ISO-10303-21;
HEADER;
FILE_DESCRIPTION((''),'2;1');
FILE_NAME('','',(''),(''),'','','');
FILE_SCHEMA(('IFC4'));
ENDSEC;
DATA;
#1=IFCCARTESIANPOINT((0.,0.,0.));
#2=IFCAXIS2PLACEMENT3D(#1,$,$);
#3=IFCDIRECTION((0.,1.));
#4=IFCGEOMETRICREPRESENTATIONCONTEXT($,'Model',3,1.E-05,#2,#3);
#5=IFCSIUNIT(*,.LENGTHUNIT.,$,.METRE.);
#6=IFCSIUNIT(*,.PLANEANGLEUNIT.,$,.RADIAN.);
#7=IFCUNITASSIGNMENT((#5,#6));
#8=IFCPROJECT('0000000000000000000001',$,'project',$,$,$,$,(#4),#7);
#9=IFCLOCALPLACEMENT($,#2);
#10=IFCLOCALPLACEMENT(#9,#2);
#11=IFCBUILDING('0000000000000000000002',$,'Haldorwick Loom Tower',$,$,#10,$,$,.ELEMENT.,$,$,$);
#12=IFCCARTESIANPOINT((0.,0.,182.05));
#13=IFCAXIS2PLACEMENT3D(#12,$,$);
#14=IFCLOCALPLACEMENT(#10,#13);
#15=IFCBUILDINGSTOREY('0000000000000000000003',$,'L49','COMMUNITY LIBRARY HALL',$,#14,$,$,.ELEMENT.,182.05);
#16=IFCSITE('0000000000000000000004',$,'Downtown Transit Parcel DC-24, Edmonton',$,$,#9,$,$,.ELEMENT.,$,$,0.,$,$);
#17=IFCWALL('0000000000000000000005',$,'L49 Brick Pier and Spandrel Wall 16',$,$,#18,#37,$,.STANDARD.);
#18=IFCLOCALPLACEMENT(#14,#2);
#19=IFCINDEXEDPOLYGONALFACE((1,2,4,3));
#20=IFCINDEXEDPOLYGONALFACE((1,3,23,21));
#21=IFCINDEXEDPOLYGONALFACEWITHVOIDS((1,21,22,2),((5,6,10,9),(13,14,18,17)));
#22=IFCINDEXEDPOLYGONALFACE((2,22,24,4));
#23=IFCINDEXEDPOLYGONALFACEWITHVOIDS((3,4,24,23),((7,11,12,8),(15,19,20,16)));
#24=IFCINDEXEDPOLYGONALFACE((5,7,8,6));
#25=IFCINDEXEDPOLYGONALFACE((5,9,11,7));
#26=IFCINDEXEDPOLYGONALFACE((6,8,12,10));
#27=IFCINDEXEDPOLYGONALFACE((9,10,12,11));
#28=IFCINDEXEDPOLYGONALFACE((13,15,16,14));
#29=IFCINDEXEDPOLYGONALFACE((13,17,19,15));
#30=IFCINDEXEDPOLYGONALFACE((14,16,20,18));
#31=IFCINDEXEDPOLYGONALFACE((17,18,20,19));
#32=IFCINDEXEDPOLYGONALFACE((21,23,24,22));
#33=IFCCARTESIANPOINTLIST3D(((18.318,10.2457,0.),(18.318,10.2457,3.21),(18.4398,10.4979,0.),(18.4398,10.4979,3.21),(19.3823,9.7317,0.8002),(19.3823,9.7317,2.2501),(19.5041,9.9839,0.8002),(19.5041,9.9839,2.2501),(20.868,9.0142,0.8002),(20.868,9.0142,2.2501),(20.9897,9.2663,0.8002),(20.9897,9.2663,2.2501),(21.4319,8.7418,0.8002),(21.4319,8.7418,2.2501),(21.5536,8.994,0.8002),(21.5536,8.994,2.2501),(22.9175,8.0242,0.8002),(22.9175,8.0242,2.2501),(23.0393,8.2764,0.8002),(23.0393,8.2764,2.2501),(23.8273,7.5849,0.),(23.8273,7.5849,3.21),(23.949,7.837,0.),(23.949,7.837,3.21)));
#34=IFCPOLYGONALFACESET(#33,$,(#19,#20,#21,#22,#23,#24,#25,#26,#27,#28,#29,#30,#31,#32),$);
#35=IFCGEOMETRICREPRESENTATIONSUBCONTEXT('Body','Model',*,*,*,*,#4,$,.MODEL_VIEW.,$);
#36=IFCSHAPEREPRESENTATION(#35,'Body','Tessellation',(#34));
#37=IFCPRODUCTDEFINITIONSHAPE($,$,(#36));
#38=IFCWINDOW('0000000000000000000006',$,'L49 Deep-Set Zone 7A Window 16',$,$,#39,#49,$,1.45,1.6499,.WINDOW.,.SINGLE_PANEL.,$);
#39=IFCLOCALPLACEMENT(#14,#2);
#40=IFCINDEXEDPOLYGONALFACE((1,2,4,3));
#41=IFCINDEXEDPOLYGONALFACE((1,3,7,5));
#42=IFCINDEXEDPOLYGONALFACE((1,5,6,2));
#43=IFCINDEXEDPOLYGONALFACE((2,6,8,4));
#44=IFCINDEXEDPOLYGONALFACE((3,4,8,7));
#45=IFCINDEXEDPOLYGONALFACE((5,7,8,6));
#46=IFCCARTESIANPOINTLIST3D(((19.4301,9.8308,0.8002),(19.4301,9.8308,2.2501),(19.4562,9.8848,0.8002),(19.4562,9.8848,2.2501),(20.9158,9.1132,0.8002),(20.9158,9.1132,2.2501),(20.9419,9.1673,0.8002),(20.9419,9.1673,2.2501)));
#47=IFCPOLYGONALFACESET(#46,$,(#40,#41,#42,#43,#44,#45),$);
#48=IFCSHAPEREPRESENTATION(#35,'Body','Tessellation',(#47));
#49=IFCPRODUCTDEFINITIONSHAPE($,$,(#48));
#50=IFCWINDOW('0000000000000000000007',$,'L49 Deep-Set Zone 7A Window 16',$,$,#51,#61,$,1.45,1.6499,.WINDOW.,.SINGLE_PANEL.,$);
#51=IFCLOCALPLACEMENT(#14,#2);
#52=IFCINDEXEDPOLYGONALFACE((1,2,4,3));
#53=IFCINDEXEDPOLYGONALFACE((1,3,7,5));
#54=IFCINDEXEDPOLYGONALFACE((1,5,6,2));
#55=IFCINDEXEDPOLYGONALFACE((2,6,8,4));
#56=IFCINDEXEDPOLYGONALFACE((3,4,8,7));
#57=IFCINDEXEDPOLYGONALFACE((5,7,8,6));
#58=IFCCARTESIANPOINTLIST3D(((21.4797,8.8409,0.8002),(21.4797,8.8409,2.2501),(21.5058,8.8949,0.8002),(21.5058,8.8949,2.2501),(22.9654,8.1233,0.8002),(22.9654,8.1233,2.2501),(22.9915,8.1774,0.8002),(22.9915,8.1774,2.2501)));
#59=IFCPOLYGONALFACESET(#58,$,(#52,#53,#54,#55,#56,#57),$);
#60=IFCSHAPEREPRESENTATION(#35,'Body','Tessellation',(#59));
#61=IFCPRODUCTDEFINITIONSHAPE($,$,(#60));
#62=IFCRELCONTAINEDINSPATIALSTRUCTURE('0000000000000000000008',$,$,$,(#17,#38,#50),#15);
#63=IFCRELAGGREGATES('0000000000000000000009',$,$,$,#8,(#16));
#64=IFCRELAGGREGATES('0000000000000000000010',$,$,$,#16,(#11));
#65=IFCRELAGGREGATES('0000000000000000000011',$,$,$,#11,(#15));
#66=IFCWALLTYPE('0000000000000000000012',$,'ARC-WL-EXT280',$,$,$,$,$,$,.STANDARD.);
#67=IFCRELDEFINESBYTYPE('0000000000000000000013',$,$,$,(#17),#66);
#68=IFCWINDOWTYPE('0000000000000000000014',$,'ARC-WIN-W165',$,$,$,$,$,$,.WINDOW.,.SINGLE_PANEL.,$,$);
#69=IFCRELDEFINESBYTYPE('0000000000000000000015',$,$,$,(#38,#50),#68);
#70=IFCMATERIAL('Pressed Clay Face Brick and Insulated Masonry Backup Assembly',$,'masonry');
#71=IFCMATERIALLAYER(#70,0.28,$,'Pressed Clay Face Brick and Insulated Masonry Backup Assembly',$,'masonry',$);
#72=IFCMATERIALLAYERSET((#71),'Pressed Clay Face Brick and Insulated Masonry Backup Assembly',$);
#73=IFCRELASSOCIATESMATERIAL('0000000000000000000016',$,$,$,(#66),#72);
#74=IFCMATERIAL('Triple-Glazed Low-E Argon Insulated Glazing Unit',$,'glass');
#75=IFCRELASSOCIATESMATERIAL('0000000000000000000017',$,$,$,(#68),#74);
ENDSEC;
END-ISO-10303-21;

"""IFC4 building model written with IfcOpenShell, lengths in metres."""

from ifc_helpers import new_model, si_unit, direction, frame, frame_2d, origin, place, context, subcontext, project, spatial, rectangle, extrude, material, layer, layer_set, type_object, element, fill, save


model = new_model("IFC4")

# Units and contexts
model_context = context("Model", 3, precision=1e-05, world=origin(), true_north=direction((0.0, 1.0)))
body_context = subcontext(model_context, "Body", "Model", "MODEL_VIEW")
ifc_project = project(units=[si_unit("LENGTHUNIT", "METRE"), si_unit("PLANEANGLEUNIT", "RADIAN")], contexts=[model_context])

# Site, building, storey
site_placement = place(None, origin())
site = spatial("IfcSite", under=ifc_project, at=site_placement, Name="Downtown Transit Parcel DC-24, Edmonton", CompositionType="ELEMENT", RefElevation=0.0)
building_placement = place(site_placement, origin())
building = spatial("IfcBuilding", under=site, at=building_placement, Name="Haldorwick Loom Tower", CompositionType="ELEMENT")
storey_placement = place(building_placement, frame((0.0, 0.0, 182.05)))
storey = spatial("IfcBuildingStorey", under=building, at=storey_placement, Name="L49", Description="COMMUNITY LIBRARY HALL", CompositionType="ELEMENT", Elevation=182.05)

# Shared definitions
ifc_material_1 = material(Name="Pressed Clay Face Brick and Insulated Masonry Backup Assembly", Category="masonry")
ifc_layer_1 = layer(ifc_material_1, 0.28, Name="Pressed Clay Face Brick and Insulated Masonry Backup Assembly", Category="masonry")
ifc_layer_set_1 = layer_set([ifc_layer_1], Name="Pressed Clay Face Brick and Insulated Masonry Backup Assembly")
wall_type = type_object("IfcWallType", Name="ARC-WL-EXT280", PredefinedType="STANDARD", material=ifc_layer_set_1)

# Wall, openings, windows
wall_1_placement = place(storey_placement, frame((18.3789, 10.3718, 0.0), z_axis=(0.0, 0.0, 1.0), x_axis=(0.900472, -0.434913, 0.0)))
wall_1 = element("IfcWall", 1, at=wall_1_placement, inside=storey, type_object=wall_type, Name="L49 Brick Pier and Spandrel Wall 16", PredefinedType="STANDARD", context=body_context, shape_type="SweptSolid", body=[
    extrude(rectangle(XDim=6.1182, YDim=0.28, at=frame_2d((3.0591, 0.0))), origin(), (0.0, 0.0, 1.0), 3.21),
])
opening_1_placement = place(wall_1_placement, frame((1.1819, 0.0, 0.8)))
opening_1 = element("IfcOpeningElement", 2, at=opening_1_placement, cuts=wall_1, PredefinedType="OPENING", context=body_context, shape_type="SweptSolid", body=[
    extrude(rectangle(XDim=1.6499, YDim=1.45, at=frame_2d((0.825, 0.7251))), frame((0.0, 0.1499, 0.0), z_axis=(0.0, -1.0, 0.0), x_axis=(1.0, 0.0, 0.0)), (0.0, 0.0, 1.0), 0.3),
])
opening_2_placement = place(wall_1_placement, frame((3.458, 0.0, 0.8)))
opening_2 = element("IfcOpeningElement", 3, at=opening_2_placement, cuts=wall_1, PredefinedType="OPENING", context=body_context, shape_type="SweptSolid", body=[
    extrude(rectangle(XDim=1.6499, YDim=1.45, at=frame_2d((0.825, 0.7251))), frame((0.0, 0.1499, 0.0), z_axis=(0.0, -1.0, 0.0), x_axis=(1.0, 0.0, 0.0)), (0.0, 0.0, 1.0), 0.3),
])
ifc_material_2 = material(Name="Triple-Glazed Low-E Argon Insulated Glazing Unit", Category="glass")
window_type = type_object("IfcWindowType", Name="ARC-WIN-W165", PartitioningType="SINGLE_PANEL", PredefinedType="WINDOW", material=ifc_material_2)
window_1_placement = place(opening_1_placement, origin())
window_1 = element("IfcWindow", 4, at=window_1_placement, inside=storey, type_object=window_type, Name="L49 Deep-Set Zone 7A Window 16", OverallHeight=1.45, OverallWidth=1.6499, PartitioningType="SINGLE_PANEL", PredefinedType="WINDOW", context=body_context, shape_type="SweptSolid", body=[
    extrude(rectangle(XDim=1.6499, YDim=1.45, at=frame_2d((0.825, 0.7251))), frame((0.0, 0.03, 0.0), z_axis=(0.0, -1.0, 0.0), x_axis=(1.0, 0.0, 0.0)), (0.0, 0.0, 1.0), 0.0601),
])
fill(opening_1, window_1)
window_2_placement = place(opening_2_placement, origin())
window_2 = element("IfcWindow", 5, at=window_2_placement, inside=storey, type_object=window_type, Name="L49 Deep-Set Zone 7A Window 16", OverallHeight=1.45, OverallWidth=1.6499, PartitioningType="SINGLE_PANEL", PredefinedType="WINDOW", context=body_context, shape_type="SweptSolid", body=[
    extrude(rectangle(XDim=1.6499, YDim=1.45, at=frame_2d((0.825, 0.7251))), frame((0.0, 0.03, 0.0), z_axis=(0.0, -1.0, 0.0), x_axis=(1.0, 0.0, 0.0)), (0.0, 0.0, 1.0), 0.0601),
])
fill(opening_2, window_2)

save(model, "model.ifc")
